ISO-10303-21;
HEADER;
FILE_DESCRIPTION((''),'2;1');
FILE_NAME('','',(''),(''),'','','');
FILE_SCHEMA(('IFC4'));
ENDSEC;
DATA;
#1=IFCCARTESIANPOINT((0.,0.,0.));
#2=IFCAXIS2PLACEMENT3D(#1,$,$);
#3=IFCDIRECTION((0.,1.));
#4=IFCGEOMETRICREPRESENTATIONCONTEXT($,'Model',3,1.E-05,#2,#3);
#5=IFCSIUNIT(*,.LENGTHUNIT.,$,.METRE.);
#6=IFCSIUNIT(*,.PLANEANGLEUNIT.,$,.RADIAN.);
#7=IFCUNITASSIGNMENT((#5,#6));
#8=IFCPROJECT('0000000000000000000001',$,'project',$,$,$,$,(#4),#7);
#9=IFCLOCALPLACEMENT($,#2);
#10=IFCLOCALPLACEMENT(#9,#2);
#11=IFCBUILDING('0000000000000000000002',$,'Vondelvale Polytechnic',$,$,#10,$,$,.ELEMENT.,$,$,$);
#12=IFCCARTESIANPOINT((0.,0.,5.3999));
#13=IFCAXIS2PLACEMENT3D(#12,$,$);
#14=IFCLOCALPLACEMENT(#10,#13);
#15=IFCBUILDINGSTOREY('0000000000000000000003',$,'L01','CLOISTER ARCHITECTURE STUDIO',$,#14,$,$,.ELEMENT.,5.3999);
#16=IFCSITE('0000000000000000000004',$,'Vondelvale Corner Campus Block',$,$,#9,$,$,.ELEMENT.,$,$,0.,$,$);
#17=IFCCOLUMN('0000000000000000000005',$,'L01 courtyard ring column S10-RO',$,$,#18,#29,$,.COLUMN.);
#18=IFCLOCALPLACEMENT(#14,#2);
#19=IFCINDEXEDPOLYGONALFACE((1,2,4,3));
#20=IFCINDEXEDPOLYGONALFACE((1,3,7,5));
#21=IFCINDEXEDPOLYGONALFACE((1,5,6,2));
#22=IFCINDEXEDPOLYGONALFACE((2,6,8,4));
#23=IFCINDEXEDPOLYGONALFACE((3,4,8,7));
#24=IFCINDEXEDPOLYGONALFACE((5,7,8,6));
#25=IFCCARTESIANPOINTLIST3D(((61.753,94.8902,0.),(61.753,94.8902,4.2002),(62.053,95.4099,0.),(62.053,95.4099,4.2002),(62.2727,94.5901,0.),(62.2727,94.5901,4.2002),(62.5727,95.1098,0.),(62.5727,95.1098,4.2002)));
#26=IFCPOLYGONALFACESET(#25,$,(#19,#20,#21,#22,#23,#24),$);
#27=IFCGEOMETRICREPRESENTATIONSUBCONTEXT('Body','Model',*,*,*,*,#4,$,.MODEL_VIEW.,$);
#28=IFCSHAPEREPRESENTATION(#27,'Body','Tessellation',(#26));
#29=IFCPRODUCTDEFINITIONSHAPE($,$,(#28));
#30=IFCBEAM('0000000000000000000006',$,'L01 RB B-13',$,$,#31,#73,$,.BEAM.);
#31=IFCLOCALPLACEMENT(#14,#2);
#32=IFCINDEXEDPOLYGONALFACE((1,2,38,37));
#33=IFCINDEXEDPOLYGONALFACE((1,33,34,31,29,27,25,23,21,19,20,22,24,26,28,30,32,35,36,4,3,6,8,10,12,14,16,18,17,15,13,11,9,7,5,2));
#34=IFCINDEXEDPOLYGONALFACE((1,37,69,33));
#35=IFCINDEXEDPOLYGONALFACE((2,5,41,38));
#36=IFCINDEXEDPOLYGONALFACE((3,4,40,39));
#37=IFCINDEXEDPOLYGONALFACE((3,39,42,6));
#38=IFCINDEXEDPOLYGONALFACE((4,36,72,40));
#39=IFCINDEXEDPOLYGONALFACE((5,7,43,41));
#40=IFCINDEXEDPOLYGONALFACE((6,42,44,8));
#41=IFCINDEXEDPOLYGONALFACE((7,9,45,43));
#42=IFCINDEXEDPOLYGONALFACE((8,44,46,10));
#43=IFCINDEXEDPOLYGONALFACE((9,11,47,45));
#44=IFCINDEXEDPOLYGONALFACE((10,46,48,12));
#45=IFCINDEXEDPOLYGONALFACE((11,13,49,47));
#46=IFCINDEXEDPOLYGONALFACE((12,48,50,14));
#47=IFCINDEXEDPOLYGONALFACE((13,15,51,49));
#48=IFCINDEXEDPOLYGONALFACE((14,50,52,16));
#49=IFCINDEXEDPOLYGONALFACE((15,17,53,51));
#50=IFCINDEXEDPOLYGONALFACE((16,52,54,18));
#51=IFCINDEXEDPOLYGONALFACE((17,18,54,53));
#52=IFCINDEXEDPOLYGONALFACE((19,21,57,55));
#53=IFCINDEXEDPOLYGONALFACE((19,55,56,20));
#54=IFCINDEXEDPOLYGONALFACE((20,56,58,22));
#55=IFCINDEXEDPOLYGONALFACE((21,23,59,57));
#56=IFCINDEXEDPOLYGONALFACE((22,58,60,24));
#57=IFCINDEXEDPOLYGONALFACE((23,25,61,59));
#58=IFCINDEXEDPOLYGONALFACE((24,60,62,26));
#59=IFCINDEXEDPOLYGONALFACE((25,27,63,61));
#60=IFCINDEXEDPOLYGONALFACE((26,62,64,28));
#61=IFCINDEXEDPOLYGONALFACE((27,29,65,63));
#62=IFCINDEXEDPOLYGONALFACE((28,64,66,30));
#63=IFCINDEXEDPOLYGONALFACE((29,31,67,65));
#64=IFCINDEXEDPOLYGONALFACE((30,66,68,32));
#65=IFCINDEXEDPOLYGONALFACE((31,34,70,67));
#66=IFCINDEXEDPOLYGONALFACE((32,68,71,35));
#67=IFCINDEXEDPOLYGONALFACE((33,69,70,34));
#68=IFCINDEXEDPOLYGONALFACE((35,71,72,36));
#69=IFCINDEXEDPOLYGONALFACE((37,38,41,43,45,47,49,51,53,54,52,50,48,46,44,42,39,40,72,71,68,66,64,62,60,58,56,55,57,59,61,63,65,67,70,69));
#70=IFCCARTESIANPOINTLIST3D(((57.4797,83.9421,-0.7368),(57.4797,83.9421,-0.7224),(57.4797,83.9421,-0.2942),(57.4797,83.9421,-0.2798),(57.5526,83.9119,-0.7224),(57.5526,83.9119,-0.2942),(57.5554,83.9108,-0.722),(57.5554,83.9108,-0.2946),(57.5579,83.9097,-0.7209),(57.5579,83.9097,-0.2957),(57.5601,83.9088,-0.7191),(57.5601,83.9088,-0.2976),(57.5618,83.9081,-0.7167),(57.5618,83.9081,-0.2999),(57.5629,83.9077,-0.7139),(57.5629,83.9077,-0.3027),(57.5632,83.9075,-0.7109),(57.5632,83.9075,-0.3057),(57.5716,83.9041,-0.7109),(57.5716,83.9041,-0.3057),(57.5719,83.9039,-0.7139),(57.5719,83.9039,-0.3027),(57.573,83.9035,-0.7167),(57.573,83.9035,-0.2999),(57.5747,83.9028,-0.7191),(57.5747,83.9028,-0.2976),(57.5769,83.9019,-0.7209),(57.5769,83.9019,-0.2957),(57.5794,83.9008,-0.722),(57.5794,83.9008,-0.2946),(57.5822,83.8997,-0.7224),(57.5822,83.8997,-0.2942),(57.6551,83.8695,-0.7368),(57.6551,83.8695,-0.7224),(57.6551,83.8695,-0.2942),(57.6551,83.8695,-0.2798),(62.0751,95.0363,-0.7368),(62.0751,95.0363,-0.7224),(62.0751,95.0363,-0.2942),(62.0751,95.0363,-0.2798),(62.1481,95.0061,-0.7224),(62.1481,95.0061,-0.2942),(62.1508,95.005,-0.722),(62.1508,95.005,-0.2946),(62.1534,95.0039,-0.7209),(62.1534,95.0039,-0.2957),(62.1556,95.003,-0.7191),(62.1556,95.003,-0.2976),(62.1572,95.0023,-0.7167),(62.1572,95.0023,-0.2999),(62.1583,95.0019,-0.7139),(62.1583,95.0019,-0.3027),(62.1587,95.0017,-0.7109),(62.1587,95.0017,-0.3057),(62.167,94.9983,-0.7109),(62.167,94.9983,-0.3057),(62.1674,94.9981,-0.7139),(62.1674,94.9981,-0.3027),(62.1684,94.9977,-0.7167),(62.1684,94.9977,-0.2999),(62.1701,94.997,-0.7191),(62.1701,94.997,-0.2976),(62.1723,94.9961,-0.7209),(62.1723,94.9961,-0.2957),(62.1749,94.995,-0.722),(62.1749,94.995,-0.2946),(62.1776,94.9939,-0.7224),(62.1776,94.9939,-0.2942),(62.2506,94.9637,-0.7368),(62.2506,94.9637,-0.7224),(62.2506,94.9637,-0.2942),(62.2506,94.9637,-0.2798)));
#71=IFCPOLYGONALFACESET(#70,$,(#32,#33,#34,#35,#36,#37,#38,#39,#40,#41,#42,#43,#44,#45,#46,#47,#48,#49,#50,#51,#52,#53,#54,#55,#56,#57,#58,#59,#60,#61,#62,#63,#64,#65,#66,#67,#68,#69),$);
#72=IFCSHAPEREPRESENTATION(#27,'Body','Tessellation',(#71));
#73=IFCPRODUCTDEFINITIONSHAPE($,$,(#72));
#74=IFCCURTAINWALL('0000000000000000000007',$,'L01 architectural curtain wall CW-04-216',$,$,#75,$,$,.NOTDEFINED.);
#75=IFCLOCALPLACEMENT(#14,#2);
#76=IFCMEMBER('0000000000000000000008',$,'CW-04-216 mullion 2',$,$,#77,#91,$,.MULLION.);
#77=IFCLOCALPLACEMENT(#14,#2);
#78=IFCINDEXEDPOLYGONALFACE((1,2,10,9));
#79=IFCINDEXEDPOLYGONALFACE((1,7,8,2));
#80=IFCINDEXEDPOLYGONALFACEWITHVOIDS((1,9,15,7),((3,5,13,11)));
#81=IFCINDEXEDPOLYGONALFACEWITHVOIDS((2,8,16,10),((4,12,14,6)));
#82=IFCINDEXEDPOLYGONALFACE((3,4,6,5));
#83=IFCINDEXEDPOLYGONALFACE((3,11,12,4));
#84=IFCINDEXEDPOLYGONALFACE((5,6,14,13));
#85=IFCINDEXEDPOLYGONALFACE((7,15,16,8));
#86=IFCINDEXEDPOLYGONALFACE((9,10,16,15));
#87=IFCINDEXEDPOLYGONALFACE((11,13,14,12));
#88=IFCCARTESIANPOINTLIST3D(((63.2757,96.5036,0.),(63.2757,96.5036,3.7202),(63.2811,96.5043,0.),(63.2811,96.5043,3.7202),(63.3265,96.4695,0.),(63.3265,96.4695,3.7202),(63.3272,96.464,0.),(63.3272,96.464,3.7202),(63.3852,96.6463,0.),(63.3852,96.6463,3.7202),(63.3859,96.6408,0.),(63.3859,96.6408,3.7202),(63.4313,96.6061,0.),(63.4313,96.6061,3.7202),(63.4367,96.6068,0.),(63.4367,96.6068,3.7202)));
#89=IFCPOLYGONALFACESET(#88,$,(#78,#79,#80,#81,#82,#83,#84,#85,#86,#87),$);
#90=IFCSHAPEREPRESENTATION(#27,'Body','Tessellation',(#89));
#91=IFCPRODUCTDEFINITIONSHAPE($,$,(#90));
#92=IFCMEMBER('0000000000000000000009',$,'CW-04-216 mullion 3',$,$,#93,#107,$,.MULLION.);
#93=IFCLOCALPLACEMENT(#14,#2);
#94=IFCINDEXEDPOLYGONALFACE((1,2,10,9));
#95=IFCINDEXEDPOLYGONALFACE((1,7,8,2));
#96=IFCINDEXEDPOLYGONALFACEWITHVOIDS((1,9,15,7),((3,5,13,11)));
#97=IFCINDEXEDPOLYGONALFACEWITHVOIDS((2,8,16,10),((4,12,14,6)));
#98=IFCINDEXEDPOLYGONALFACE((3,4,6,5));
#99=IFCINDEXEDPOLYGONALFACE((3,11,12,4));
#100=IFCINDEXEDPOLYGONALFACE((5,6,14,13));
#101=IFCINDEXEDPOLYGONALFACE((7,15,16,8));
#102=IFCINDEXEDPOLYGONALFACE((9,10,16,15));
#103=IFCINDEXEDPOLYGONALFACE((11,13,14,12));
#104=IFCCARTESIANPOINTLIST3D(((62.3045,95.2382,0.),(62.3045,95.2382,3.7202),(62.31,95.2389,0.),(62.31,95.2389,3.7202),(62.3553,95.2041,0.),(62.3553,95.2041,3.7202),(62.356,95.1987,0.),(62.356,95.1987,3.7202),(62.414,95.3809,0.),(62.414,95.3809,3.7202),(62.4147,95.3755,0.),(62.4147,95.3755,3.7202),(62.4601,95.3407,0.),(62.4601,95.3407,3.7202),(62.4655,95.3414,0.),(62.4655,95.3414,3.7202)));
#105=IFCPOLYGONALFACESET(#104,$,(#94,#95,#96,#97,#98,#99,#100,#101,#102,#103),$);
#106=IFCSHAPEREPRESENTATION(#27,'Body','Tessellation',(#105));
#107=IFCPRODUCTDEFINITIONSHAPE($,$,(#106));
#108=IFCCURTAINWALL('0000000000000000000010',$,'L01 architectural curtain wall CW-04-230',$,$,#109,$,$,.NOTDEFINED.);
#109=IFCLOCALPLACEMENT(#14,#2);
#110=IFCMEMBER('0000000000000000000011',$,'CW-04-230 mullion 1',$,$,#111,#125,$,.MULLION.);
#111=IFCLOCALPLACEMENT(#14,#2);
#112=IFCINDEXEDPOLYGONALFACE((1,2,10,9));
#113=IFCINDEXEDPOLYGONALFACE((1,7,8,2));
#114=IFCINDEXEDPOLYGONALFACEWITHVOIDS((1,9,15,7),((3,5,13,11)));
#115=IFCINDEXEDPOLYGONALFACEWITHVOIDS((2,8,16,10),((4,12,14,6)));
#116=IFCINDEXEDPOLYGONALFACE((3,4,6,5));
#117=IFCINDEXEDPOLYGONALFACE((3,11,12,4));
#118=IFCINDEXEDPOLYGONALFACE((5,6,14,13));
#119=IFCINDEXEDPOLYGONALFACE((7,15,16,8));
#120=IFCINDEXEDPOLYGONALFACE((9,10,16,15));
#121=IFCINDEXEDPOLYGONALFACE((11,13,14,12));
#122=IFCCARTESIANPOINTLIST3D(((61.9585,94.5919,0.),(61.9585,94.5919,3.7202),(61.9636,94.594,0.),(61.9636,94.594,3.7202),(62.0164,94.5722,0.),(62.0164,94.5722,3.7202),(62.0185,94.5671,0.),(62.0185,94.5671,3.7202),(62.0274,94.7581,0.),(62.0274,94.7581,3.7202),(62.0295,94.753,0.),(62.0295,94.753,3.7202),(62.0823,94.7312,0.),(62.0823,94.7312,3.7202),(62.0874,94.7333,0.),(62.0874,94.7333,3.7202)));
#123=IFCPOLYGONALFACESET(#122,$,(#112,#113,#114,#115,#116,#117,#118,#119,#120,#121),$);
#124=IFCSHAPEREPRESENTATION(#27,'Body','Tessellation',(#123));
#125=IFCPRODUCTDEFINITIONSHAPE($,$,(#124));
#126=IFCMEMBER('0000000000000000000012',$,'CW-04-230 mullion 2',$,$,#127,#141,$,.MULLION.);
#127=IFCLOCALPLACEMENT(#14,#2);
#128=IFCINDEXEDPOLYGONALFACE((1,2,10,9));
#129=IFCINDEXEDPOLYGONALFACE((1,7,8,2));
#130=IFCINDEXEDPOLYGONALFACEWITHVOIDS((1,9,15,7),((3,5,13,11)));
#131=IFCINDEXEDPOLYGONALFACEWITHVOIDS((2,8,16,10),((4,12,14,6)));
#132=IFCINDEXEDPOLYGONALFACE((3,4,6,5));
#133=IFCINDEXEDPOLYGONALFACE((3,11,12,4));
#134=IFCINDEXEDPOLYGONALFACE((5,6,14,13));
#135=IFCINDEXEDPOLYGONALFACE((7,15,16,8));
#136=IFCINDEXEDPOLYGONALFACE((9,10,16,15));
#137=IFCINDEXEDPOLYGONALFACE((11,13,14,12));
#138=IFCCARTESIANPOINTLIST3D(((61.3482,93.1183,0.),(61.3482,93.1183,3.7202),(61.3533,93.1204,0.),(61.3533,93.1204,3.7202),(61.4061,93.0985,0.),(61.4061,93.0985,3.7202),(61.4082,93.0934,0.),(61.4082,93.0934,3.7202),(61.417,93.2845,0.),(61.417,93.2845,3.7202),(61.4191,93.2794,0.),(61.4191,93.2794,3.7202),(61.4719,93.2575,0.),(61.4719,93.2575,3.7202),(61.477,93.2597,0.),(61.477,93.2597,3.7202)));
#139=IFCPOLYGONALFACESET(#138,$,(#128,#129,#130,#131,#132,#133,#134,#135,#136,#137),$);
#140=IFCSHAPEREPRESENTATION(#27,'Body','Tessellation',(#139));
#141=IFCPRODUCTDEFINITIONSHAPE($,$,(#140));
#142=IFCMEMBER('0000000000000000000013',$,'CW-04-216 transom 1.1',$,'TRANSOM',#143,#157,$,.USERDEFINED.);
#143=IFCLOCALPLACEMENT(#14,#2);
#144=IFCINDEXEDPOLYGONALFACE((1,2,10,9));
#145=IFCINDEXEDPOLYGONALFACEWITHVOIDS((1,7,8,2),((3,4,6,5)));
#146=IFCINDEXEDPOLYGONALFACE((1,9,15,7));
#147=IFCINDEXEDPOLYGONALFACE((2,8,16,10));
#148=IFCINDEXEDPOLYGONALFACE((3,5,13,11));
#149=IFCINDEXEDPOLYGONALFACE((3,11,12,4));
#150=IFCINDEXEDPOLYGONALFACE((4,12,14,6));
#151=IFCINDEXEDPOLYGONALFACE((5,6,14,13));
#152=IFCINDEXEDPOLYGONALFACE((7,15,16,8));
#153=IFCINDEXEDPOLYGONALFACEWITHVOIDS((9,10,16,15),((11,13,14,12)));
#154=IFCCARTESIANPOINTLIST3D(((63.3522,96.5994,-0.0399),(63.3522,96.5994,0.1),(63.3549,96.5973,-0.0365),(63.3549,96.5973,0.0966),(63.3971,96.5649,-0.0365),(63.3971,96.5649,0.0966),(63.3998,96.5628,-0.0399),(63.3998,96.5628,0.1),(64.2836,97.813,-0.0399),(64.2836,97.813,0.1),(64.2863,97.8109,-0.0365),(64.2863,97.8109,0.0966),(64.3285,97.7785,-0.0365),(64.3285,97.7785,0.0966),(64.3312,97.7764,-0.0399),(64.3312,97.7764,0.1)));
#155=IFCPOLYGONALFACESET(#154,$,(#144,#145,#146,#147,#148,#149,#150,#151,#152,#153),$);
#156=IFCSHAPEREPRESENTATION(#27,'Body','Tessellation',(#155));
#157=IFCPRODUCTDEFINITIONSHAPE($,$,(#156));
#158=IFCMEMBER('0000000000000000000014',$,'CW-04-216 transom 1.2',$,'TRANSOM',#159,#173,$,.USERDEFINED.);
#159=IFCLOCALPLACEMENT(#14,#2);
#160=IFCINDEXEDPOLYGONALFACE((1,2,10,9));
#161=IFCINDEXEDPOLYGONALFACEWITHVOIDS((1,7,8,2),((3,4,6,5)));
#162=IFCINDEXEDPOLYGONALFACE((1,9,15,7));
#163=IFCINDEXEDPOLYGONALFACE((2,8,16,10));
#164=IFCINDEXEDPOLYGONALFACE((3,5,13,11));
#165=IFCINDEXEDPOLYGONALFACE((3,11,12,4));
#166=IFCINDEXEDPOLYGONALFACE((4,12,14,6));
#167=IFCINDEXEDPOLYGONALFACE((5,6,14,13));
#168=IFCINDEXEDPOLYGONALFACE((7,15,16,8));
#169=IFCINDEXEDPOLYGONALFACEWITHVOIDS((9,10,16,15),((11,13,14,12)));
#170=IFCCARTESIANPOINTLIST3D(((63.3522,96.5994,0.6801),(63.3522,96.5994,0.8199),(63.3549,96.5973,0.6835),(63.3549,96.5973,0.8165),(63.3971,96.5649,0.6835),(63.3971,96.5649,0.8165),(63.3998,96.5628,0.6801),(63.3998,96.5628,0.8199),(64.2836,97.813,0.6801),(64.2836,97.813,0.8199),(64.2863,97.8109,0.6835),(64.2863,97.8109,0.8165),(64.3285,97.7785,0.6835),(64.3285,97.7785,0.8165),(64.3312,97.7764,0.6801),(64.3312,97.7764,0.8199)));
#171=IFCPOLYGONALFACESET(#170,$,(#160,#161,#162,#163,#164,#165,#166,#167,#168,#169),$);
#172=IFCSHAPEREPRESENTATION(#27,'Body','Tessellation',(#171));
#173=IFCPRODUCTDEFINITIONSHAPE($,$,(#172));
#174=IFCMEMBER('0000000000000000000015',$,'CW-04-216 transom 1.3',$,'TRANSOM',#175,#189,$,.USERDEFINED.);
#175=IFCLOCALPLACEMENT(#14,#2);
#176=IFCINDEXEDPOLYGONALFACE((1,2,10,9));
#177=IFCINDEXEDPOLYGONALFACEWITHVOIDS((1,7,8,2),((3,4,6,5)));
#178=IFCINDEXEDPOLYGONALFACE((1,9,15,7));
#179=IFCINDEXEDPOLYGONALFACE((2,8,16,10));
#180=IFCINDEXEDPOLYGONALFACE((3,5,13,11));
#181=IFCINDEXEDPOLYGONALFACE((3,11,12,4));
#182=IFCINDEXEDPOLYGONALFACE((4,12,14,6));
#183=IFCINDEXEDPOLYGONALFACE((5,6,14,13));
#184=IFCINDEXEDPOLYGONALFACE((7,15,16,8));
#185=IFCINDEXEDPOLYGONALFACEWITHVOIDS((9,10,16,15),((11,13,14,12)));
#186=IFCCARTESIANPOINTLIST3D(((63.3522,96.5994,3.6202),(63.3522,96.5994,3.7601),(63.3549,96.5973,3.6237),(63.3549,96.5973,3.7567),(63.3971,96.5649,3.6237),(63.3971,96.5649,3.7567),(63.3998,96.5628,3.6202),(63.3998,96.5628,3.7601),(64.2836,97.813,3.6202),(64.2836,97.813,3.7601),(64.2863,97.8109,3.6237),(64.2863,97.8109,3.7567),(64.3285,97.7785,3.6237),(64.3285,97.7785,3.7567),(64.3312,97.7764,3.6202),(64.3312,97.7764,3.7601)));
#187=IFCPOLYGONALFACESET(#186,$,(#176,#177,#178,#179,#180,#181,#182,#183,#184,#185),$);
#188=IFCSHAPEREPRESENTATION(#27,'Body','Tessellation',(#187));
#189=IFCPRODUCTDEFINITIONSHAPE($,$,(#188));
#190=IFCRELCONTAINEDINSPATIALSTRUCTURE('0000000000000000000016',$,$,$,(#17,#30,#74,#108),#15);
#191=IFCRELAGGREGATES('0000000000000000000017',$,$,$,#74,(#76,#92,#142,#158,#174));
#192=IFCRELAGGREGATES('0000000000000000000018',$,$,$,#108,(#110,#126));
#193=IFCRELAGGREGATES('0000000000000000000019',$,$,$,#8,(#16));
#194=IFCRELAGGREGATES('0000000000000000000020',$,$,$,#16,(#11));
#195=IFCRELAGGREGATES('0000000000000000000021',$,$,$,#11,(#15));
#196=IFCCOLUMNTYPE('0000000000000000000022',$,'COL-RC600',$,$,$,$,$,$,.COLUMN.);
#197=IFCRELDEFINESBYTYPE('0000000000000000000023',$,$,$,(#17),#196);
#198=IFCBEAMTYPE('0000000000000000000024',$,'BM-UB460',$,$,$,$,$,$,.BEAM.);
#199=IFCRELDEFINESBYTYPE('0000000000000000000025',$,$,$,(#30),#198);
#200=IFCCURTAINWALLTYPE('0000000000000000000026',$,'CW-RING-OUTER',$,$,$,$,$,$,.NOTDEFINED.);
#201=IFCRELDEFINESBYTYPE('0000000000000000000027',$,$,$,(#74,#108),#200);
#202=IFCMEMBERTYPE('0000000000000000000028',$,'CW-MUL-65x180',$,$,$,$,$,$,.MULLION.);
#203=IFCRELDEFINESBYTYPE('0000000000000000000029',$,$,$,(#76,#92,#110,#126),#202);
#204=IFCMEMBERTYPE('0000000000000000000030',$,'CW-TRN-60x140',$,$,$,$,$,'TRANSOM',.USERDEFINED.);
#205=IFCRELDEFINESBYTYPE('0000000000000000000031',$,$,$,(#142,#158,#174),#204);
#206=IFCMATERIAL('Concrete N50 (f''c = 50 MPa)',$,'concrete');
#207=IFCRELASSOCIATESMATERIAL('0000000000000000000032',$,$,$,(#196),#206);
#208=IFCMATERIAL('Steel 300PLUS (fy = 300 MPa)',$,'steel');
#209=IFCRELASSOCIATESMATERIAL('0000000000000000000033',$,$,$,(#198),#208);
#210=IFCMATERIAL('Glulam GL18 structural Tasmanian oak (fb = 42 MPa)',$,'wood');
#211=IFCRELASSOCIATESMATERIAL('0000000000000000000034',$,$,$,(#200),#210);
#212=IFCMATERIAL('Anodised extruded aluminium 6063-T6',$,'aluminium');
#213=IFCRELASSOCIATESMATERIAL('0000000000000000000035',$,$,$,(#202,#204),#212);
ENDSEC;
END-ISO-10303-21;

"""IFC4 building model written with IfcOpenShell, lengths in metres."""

from ifc_helpers import new_model, si_unit, direction, frame, origin, origin_2d, place, context, subcontext, project, spatial, rectangle, hollow_rectangle, i_section, extrude, material, material_profile, profile_set, type_object, element, aggregate, save


model = new_model("IFC4")

# Units and contexts
model_context = context("Model", 3, precision=1e-05, world=origin(), true_north=direction((0.0, 1.0)))
body_context = subcontext(model_context, "Body", "Model", "MODEL_VIEW")
ifc_project = project(units=[si_unit("LENGTHUNIT", "METRE"), si_unit("PLANEANGLEUNIT", "RADIAN")], contexts=[model_context])

# Site, building, storey
site_placement = place(None, origin())
site = spatial("IfcSite", under=ifc_project, at=site_placement, Name="Vondelvale Corner Campus Block", CompositionType="ELEMENT", RefElevation=0.0)
building_placement = place(site_placement, origin())
building = spatial("IfcBuilding", under=site, at=building_placement, Name="Vondelvale Polytechnic", CompositionType="ELEMENT")
storey_placement = place(building_placement, frame((0.0, 0.0, 5.3999)))
storey = spatial("IfcBuildingStorey", under=building, at=storey_placement, Name="L01", Description="CLOISTER ARCHITECTURE STUDIO", CompositionType="ELEMENT", Elevation=5.3999)

# Column
ifc_material_1 = material(Name="Concrete N50 (f'c = 50 MPa)", Category="concrete")
ifc_material_profile_1 = material_profile(ifc_material_1, rectangle(XDim=0.6001, YDim=0.6001, at=origin_2d()), Name="RC-COL-600x600")
ifc_profile_set_1 = profile_set([ifc_material_profile_1], Name="Concrete N50 (f'c = 50 MPa)")
column_type = type_object("IfcColumnType", Name="COL-RC600", PredefinedType="COLUMN", material=ifc_profile_set_1)
column_placement = place(storey_placement, frame((62.1628, 95.0, 0.0), z_axis=(0.0, 0.0, 1.0), x_axis=(-0.866025, 0.5, 0.0)))
element("IfcColumn", 1, at=column_placement, inside=storey, type_object=column_type, Name="L01 courtyard ring column S10-RO", PredefinedType="COLUMN", context=body_context, shape_type="SweptSolid", body=[
    extrude(rectangle(XDim=0.6001, YDim=0.6001, at=origin_2d()), origin(), (0.0, 0.0, 1.0), 4.2002),
])

# Beam
ifc_material_2 = material(Name="Steel 300PLUS (fy = 300 MPa)", Category="steel")
ifc_material_profile_2 = material_profile(ifc_material_2, i_section(OverallWidth=0.1899, OverallDepth=0.457, WebThickness=0.009, FlangeThickness=0.0144, FilletRadius=0.0115, at=origin_2d()), Name="460UB74.6")
ifc_profile_set_2 = profile_set([ifc_material_profile_2], Name="Steel 300PLUS (fy = 300 MPa)")
beam_type = type_object("IfcBeamType", Name="BM-UB460", PredefinedType="BEAM", material=ifc_profile_set_2)
beam_placement = place(storey_placement, frame((62.1628, 95.0, -0.5083), z_axis=(-0.382689, -0.923877, 0.0), x_axis=(0.923877, -0.382689, 0.0)))
element("IfcBeam", 2, at=beam_placement, inside=storey, type_object=beam_type, Name="L01 RB B-13", PredefinedType="BEAM", context=body_context, shape_type="SweptSolid", body=[
    extrude(i_section(OverallWidth=0.1899, OverallDepth=0.457, WebThickness=0.009, FlangeThickness=0.0144, FilletRadius=0.0115, at=origin_2d()), origin(), (0.0, 0.0, 1.0), 12.0083),
])

# Curtain walls, members
ifc_material_3 = material(Name="Glulam GL18 structural Tasmanian oak (fb = 42 MPa)", Category="wood")
curtain_wall_type = type_object("IfcCurtainWallType", Name="CW-RING-OUTER", PredefinedType="NOTDEFINED", material=ifc_material_3)
curtain_wall_1_placement = place(storey_placement, origin())
curtain_wall_1 = element("IfcCurtainWall", 3, at=curtain_wall_1_placement, inside=storey, type_object=curtain_wall_type, Name="L01 architectural curtain wall CW-04-216", PredefinedType="NOTDEFINED")
ifc_material_4 = material(Name="Anodised extruded aluminium 6063-T6", Category="aluminium")
ifc_material_profile_3 = material_profile(ifc_material_4, hollow_rectangle(XDim=0.0649, YDim=0.1799, WallThickness=0.0039, at=origin_2d()), Name="CW-MUL-180x65")
ifc_profile_set_3 = profile_set([ifc_material_profile_3], Name="Anodised extruded aluminium 6063-T6")
member_type_1 = type_object("IfcMemberType", Name="CW-MUL-65x180", PredefinedType="MULLION", material=ifc_profile_set_3)
member_1_placement = place(storey_placement, frame((63.3562, 96.5552, 0.0), z_axis=(0.0, 0.0, 1.0), x_axis=(0.793334, -0.608787, 0.0)))
member_1 = element("IfcMember", 4, at=member_1_placement, type_object=member_type_1, Name="CW-04-216 mullion 2", PredefinedType="MULLION", context=body_context, shape_type="SweptSolid", body=[
    extrude(hollow_rectangle(XDim=0.0649, YDim=0.1799, WallThickness=0.0039, at=origin_2d()), origin(), (0.0, 0.0, 1.0), 3.7202),
])
member_2_placement = place(storey_placement, frame((62.385, 95.2898, 0.0), z_axis=(0.0, 0.0, 1.0), x_axis=(0.793334, -0.608787, 0.0)))
member_2 = element("IfcMember", 5, at=member_2_placement, type_object=member_type_1, Name="CW-04-216 mullion 3", PredefinedType="MULLION", context=body_context, shape_type="SweptSolid", body=[
    extrude(hollow_rectangle(XDim=0.0649, YDim=0.1799, WallThickness=0.0039, at=origin_2d()), origin(), (0.0, 0.0, 1.0), 3.7202),
])
curtain_wall_2_placement = place(storey_placement, origin())
curtain_wall_2 = element("IfcCurtainWall", 6, at=curtain_wall_2_placement, inside=storey, type_object=curtain_wall_type, Name="L01 architectural curtain wall CW-04-230", PredefinedType="NOTDEFINED")
member_3_placement = place(storey_placement, frame((62.0229, 94.6626, 0.0), z_axis=(0.0, 0.0, 1.0), x_axis=(0.923882, -0.382677, 0.0)))
member_3 = element("IfcMember", 7, at=member_3_placement, type_object=member_type_1, Name="CW-04-230 mullion 1", PredefinedType="MULLION", context=body_context, shape_type="SweptSolid", body=[
    extrude(hollow_rectangle(XDim=0.0649, YDim=0.1799, WallThickness=0.0039, at=origin_2d()), origin(), (0.0, 0.0, 1.0), 3.7202),
])
member_4_placement = place(storey_placement, frame((61.4126, 93.189, 0.0), z_axis=(0.0, 0.0, 1.0), x_axis=(0.923882, -0.382677, 0.0)))
member_4 = element("IfcMember", 8, at=member_4_placement, type_object=member_type_1, Name="CW-04-230 mullion 2", PredefinedType="MULLION", context=body_context, shape_type="SweptSolid", body=[
    extrude(hollow_rectangle(XDim=0.0649, YDim=0.1799, WallThickness=0.0039, at=origin_2d()), origin(), (0.0, 0.0, 1.0), 3.7202),
])

# Members
ifc_material_profile_4 = material_profile(ifc_material_4, hollow_rectangle(XDim=0.0601, YDim=0.1399, WallThickness=0.0034, at=origin_2d()), Name="CW-TRN-140x60")
ifc_profile_set_4 = profile_set([ifc_material_profile_4], Name="Anodised extruded aluminium 6063-T6")
member_type_2 = type_object("IfcMemberType", Name="CW-TRN-60x140", ElementType="TRANSOM", PredefinedType="USERDEFINED", material=ifc_profile_set_4)
member_5_placement = place(storey_placement, frame((64.3074, 97.7947, 0.03), z_axis=(-0.608823, -0.793306, 0.0), x_axis=(0.793306, -0.608823, 0.0)))
member_5 = element("IfcMember", 9, at=member_5_placement, type_object=member_type_2, Name="CW-04-216 transom 1.1", ObjectType="TRANSOM", PredefinedType="USERDEFINED", context=body_context, shape_type="SweptSolid", body=[
    extrude(hollow_rectangle(XDim=0.0601, YDim=0.1399, WallThickness=0.0034, at=origin_2d()), origin(), (0.0, 0.0, 1.0), 1.5298),
])
member_6_placement = place(storey_placement, frame((64.3074, 97.7947, 0.75), z_axis=(-0.608823, -0.793306, 0.0), x_axis=(0.793306, -0.608823, 0.0)))
member_6 = element("IfcMember", 10, at=member_6_placement, type_object=member_type_2, Name="CW-04-216 transom 1.2", ObjectType="TRANSOM", PredefinedType="USERDEFINED", context=body_context, shape_type="SweptSolid", body=[
    extrude(hollow_rectangle(XDim=0.0601, YDim=0.1399, WallThickness=0.0034, at=origin_2d()), origin(), (0.0, 0.0, 1.0), 1.5298),
])
member_7_placement = place(storey_placement, frame((64.3074, 97.7947, 3.6902), z_axis=(-0.608823, -0.793306, 0.0), x_axis=(0.793306, -0.608823, 0.0)))
member_7 = element("IfcMember", 11, at=member_7_placement, type_object=member_type_2, Name="CW-04-216 transom 1.3", ObjectType="TRANSOM", PredefinedType="USERDEFINED", context=body_context, shape_type="SweptSolid", body=[
    extrude(hollow_rectangle(XDim=0.0601, YDim=0.1399, WallThickness=0.0034, at=origin_2d()), origin(), (0.0, 0.0, 1.0), 1.5298),
])

aggregate(curtain_wall_1, [member_1, member_2, member_5, member_6, member_7])
aggregate(curtain_wall_2, [member_3, member_4])

save(model, "model.ifc")
